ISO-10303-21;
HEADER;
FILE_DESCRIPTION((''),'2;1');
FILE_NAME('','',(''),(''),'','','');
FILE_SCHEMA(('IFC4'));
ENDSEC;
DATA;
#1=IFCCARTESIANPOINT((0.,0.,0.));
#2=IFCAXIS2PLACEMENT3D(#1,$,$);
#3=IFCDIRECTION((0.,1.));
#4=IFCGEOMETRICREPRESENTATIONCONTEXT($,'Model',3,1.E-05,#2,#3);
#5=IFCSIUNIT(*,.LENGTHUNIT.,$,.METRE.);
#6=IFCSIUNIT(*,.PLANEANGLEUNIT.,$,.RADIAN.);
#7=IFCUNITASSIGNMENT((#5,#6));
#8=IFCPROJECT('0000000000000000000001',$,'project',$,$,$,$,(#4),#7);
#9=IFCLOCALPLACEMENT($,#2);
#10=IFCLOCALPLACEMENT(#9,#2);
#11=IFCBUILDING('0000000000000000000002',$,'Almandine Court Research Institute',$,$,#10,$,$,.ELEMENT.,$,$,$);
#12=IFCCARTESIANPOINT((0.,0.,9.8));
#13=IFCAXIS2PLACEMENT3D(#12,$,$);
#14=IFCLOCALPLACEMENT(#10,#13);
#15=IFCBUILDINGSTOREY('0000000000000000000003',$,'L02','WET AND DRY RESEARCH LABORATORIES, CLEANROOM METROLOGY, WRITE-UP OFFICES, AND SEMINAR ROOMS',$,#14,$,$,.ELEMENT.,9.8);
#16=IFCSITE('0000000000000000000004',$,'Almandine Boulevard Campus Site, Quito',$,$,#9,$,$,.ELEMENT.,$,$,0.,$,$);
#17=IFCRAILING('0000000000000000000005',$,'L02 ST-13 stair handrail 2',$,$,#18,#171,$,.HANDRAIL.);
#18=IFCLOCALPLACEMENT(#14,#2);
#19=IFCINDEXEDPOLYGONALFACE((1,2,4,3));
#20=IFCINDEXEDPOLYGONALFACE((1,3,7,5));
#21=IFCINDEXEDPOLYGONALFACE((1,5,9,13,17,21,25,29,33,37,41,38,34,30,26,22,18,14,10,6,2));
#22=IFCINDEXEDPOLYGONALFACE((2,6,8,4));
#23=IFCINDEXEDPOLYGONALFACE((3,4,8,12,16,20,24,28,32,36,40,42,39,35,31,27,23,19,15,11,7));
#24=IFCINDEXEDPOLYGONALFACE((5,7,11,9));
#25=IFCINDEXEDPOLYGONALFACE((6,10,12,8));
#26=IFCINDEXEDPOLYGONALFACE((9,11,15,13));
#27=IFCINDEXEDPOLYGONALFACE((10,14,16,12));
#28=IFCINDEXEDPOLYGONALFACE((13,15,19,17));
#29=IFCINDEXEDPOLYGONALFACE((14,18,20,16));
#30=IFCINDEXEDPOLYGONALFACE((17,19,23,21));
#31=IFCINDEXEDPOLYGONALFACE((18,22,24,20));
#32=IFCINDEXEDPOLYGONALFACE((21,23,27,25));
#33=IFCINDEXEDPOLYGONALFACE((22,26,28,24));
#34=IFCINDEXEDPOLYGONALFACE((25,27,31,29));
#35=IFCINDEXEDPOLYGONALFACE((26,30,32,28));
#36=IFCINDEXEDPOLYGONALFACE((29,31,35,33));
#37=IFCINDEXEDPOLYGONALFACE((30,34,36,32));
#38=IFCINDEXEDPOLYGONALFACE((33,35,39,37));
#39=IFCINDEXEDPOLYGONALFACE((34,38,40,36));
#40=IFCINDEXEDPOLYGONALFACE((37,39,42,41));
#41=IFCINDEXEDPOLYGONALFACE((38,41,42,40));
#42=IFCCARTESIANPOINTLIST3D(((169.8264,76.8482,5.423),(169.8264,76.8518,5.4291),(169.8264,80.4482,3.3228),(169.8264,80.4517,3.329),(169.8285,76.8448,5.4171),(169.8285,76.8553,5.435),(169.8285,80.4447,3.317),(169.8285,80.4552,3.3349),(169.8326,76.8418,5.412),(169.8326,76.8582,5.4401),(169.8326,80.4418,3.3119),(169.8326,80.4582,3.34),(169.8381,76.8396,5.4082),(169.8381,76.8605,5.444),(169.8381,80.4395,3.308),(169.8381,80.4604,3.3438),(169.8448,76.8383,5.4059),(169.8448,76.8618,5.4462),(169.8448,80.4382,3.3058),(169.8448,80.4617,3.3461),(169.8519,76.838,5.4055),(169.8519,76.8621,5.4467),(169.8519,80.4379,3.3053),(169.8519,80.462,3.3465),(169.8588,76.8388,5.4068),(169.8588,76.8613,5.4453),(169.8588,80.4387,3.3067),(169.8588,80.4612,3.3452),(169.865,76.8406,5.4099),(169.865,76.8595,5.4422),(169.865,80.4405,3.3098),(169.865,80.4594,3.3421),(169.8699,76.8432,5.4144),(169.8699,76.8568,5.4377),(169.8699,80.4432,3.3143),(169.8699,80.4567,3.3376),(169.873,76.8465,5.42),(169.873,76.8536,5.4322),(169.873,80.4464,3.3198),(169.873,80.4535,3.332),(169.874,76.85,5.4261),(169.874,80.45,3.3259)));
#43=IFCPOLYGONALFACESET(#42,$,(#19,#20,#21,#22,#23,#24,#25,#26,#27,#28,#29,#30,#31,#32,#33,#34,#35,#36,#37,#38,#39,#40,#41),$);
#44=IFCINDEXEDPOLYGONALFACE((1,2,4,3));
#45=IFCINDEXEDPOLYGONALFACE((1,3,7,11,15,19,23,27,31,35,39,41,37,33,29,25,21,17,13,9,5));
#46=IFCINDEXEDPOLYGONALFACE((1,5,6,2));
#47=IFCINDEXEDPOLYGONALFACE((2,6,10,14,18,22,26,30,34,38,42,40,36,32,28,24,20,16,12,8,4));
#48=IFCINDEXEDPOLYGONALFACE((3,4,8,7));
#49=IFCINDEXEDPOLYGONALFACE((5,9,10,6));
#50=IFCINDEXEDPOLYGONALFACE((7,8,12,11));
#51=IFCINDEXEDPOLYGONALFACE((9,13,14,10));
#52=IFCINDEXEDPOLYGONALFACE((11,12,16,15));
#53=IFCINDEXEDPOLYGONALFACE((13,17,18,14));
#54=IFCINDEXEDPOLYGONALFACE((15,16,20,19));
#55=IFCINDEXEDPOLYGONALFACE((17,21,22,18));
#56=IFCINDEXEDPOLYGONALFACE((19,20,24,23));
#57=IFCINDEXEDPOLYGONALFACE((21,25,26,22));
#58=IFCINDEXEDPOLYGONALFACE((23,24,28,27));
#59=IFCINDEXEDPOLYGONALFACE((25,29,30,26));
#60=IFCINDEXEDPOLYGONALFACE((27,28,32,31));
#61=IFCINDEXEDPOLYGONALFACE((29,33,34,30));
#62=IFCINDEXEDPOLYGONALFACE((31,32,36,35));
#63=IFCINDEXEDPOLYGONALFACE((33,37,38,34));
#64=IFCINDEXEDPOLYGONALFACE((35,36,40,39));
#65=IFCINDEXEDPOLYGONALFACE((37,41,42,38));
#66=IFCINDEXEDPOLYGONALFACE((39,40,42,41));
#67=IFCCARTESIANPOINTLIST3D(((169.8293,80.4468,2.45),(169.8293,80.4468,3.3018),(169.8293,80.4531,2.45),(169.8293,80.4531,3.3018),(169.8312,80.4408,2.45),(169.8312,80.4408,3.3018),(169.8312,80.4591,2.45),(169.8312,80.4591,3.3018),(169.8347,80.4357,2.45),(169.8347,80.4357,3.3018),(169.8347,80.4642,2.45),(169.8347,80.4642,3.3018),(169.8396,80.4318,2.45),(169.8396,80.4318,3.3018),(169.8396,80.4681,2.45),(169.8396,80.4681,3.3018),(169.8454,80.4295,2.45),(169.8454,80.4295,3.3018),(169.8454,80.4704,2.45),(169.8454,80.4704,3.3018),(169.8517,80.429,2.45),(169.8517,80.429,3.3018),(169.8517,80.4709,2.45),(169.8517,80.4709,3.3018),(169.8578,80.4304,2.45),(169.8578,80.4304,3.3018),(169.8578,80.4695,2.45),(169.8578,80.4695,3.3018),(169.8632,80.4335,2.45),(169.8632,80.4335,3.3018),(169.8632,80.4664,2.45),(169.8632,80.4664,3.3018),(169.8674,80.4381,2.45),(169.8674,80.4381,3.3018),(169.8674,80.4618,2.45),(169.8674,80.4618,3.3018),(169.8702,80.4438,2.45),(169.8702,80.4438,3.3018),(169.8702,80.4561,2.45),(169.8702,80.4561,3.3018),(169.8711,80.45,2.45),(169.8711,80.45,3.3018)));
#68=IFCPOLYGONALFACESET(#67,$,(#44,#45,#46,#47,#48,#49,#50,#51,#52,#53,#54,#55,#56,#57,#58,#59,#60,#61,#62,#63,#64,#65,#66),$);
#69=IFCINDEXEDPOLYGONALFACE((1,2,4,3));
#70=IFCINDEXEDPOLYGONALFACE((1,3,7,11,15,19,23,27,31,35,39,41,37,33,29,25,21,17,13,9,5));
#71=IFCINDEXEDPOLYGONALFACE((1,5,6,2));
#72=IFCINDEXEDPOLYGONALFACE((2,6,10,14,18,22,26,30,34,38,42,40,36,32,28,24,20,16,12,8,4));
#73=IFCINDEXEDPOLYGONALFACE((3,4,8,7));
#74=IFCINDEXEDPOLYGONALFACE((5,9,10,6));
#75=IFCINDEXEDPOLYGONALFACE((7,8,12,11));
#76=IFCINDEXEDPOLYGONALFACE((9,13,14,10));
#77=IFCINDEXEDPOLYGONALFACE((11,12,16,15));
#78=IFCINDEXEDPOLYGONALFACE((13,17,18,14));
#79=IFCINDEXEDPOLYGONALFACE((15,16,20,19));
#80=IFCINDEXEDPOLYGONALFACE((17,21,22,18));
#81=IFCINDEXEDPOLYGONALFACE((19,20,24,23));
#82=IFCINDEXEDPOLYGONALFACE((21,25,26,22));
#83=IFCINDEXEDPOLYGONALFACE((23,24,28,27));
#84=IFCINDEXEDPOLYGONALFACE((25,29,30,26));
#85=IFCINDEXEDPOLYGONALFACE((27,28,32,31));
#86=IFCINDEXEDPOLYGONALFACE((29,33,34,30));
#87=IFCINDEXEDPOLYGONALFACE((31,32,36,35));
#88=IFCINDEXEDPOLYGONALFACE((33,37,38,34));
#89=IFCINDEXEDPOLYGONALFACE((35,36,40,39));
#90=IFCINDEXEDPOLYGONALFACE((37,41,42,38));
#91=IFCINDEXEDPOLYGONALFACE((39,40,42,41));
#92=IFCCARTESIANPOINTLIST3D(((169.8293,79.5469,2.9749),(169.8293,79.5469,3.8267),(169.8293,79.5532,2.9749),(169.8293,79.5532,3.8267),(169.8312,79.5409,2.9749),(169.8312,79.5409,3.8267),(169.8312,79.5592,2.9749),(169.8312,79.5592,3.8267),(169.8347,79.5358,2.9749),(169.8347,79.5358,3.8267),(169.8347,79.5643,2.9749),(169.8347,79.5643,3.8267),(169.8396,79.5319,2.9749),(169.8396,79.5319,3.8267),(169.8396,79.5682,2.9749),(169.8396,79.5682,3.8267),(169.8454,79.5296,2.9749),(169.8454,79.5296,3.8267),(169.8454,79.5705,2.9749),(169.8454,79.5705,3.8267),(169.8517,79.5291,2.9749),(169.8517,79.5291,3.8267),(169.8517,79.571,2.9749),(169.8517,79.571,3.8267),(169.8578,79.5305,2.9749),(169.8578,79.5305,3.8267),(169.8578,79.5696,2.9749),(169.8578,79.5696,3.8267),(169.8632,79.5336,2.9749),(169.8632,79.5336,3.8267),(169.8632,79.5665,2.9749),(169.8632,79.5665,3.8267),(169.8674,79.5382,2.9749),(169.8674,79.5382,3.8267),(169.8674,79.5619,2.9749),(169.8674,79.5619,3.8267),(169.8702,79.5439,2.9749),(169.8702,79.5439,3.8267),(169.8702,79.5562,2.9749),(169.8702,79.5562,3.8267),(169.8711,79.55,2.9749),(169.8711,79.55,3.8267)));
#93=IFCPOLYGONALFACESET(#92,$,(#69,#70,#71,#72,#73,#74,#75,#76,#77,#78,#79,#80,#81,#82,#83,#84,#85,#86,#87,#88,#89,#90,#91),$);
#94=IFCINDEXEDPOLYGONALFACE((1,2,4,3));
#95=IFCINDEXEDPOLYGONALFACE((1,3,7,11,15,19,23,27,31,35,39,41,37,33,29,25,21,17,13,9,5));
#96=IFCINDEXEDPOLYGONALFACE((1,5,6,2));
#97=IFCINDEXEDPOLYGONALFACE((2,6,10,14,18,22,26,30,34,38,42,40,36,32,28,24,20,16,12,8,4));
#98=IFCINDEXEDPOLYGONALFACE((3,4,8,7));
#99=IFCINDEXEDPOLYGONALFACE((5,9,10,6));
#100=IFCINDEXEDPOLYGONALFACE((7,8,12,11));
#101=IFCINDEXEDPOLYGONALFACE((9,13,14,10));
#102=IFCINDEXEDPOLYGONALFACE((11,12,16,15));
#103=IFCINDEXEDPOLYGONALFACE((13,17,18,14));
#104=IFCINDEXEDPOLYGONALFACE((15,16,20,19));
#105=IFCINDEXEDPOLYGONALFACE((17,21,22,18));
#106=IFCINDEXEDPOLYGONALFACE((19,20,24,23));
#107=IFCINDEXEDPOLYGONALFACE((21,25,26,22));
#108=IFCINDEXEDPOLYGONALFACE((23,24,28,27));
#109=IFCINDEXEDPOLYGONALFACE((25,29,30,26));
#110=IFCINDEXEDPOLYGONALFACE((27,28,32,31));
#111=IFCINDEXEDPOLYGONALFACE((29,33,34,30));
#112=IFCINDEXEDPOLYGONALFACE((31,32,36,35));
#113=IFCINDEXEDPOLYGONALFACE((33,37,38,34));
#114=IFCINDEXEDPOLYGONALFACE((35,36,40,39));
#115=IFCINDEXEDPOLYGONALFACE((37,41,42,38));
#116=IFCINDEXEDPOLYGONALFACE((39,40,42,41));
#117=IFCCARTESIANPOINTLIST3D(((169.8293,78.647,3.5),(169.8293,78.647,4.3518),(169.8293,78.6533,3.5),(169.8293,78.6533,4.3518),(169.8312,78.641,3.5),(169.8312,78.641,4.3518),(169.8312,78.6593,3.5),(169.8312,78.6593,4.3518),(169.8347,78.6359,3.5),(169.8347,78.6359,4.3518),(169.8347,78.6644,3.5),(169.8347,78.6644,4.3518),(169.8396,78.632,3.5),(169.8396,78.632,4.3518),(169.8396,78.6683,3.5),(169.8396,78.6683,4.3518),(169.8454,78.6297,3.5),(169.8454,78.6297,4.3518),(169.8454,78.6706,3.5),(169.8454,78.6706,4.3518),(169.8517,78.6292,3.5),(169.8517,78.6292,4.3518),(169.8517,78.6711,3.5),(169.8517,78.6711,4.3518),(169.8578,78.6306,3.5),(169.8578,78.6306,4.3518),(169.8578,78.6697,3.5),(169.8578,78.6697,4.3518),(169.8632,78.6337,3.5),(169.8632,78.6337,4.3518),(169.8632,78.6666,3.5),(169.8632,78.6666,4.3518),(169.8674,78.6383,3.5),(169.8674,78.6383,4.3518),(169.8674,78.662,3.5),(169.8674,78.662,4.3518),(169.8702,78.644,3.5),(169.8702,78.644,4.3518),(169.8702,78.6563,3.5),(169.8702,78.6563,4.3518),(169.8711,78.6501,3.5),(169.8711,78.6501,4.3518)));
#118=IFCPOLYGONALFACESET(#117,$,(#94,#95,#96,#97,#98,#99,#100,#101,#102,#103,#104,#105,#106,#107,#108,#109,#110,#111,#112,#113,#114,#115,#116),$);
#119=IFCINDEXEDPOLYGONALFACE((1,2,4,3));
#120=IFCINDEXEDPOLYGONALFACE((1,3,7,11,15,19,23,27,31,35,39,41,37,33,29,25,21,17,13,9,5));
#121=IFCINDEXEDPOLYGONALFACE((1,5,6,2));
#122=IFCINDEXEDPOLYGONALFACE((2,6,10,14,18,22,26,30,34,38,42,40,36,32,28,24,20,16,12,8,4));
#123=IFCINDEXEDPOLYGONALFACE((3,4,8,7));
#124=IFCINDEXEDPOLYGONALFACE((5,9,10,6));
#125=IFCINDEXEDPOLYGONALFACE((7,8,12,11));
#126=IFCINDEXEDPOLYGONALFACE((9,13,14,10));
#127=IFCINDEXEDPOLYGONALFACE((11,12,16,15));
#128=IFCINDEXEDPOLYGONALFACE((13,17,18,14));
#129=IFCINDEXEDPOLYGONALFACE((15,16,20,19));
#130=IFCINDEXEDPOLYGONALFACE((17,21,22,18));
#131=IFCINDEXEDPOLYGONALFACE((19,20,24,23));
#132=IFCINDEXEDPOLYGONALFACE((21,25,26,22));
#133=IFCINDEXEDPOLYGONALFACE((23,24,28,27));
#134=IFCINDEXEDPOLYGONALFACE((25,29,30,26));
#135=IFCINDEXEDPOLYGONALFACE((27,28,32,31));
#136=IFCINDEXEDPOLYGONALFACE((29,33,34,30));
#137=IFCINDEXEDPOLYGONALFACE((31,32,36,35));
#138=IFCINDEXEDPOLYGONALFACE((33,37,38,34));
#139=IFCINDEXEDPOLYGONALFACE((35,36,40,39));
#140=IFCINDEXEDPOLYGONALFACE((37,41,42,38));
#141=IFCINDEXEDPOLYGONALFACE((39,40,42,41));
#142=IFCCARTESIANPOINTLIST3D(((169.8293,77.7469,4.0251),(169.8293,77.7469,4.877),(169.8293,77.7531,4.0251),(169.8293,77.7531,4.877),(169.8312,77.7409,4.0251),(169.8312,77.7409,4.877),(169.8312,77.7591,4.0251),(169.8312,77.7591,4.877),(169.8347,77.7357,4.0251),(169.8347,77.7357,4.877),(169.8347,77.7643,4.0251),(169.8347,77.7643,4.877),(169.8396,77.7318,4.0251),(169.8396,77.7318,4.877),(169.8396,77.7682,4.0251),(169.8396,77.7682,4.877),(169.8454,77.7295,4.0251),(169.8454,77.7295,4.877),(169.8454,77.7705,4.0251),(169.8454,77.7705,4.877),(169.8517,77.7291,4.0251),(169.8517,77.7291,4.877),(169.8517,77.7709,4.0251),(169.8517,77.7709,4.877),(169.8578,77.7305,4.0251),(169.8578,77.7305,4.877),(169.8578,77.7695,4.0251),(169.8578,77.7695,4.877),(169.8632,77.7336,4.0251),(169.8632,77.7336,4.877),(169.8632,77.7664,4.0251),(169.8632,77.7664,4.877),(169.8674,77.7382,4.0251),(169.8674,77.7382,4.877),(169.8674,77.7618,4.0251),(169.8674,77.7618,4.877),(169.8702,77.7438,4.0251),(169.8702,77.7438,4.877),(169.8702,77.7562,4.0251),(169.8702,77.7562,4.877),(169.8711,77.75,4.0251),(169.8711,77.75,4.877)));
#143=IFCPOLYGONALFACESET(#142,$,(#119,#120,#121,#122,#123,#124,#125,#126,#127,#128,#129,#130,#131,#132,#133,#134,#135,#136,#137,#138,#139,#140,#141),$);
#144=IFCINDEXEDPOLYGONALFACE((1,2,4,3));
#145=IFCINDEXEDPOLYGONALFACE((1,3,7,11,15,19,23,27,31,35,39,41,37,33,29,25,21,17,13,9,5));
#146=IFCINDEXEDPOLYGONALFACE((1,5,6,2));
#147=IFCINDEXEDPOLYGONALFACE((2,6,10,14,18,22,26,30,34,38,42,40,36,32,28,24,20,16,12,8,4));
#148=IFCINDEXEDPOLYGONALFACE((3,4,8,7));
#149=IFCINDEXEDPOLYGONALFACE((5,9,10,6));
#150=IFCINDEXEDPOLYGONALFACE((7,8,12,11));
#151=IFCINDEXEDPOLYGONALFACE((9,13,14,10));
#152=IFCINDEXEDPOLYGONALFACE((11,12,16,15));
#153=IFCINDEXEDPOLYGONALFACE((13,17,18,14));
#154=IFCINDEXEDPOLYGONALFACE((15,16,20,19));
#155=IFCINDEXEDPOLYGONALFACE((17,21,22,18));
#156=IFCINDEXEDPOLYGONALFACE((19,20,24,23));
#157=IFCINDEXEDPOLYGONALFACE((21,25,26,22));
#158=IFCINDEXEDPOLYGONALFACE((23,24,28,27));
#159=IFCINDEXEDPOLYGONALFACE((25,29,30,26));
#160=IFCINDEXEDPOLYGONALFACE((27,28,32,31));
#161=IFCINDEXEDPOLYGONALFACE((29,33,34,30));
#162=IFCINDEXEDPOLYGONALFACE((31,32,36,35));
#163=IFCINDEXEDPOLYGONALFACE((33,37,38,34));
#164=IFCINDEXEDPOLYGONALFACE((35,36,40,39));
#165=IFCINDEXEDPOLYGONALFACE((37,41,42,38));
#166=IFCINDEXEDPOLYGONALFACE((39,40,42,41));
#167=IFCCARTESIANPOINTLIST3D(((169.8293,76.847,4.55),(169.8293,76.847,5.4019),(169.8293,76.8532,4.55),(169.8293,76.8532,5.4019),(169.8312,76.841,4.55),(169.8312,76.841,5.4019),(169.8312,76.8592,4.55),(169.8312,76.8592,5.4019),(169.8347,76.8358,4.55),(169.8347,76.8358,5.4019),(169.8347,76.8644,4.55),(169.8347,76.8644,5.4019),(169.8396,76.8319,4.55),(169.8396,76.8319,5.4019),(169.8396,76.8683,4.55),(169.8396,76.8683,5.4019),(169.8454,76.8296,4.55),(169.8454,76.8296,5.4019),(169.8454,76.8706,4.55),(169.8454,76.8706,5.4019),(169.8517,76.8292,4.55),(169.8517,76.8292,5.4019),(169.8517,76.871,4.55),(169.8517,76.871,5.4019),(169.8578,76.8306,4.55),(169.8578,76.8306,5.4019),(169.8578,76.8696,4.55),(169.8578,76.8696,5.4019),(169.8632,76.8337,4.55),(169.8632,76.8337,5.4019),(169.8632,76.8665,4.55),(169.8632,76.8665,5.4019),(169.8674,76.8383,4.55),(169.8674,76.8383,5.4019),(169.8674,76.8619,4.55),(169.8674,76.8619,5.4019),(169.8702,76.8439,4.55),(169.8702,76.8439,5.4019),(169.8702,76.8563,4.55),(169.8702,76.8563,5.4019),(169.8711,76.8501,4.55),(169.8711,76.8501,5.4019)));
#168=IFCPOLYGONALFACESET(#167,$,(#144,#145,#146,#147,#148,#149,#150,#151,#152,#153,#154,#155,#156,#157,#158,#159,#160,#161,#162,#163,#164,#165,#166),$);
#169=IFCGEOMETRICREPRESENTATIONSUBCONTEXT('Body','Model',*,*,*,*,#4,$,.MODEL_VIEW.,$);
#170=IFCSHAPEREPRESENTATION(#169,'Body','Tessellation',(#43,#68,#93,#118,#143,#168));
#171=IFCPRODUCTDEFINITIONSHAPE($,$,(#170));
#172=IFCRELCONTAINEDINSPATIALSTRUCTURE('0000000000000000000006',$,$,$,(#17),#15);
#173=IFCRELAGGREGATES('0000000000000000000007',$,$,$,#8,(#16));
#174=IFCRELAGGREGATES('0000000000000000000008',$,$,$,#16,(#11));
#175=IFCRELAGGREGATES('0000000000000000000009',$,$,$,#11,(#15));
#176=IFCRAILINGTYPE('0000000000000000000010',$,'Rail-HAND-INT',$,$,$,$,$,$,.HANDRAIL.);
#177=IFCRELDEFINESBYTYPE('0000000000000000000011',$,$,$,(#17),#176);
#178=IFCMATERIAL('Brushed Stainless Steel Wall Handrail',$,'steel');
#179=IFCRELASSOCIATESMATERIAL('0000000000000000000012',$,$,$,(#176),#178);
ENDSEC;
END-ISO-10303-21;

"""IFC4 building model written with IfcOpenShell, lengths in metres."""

from ifc_helpers import new_model, si_unit, direction, frame, origin, origin_2d, place, context, subcontext, project, spatial, circle, extrude, material, type_object, element, save


model = new_model("IFC4")

# Units and contexts
model_context = context("Model", 3, precision=1e-05, world=origin(), true_north=direction((0.0, 1.0)))
body_context = subcontext(model_context, "Body", "Model", "MODEL_VIEW")
ifc_project = project(units=[si_unit("LENGTHUNIT", "METRE"), si_unit("PLANEANGLEUNIT", "RADIAN")], contexts=[model_context])

# Site, building, storey
site_placement = place(None, origin())
site = spatial("IfcSite", under=ifc_project, at=site_placement, Name="Almandine Boulevard Campus Site, Quito", CompositionType="ELEMENT", RefElevation=0.0)
building_placement = place(site_placement, origin())
building = spatial("IfcBuilding", under=site, at=building_placement, Name="Almandine Court Research Institute", CompositionType="ELEMENT")
storey_placement = place(building_placement, frame((0.0, 0.0, 9.8)))
storey = spatial("IfcBuildingStorey", under=building, at=storey_placement, Name="L02", Description="WET AND DRY RESEARCH LABORATORIES, CLEANROOM METROLOGY, WRITE-UP OFFICES, AND SEMINAR ROOMS", CompositionType="ELEMENT", Elevation=9.8)

# Railing
ifc_material_1 = material(Name="Brushed Stainless Steel Wall Handrail", Category="steel")
railing_type = type_object("IfcRailingType", Name="Rail-HAND-INT", PredefinedType="HANDRAIL", material=ifc_material_1)
railing_placement = place(storey_placement, frame((169.8501, 80.45, 2.45)))
element("IfcRailing", 1, at=railing_placement, inside=storey, type_object=railing_type, Name="L02 ST-13 stair handrail 2", PredefinedType="HANDRAIL", context=body_context, shape_type="SweptSolid", body=[
    extrude(circle(Radius=0.0239, at=origin_2d()), frame((0.0, 0.0, 0.876), z_axis=(0.0, -0.86376, 0.503904), x_axis=(1.0, 0.0, 0.0)), (0.0, 0.0, 1.0), 4.1677),
    extrude(circle(Radius=0.021, at=origin_2d()), origin(), (0.0, 0.0, 1.0), 0.8518),
    extrude(circle(Radius=0.021, at=origin_2d()), frame((0.0, -0.8999, 0.5249)), (0.0, 0.0, 1.0), 0.8518),
    extrude(circle(Radius=0.021, at=origin_2d()), frame((0.0, -1.7998, 1.05)), (0.0, 0.0, 1.0), 0.8518),
    extrude(circle(Radius=0.021, at=origin_2d()), frame((0.0, -2.7, 1.5752)), (0.0, 0.0, 1.0), 0.8518),
    extrude(circle(Radius=0.021, at=origin_2d()), frame((0.0, -3.5999, 2.1001)), (0.0, 0.0, 1.0), 0.8518),
])

save(model, "model.ifc")
